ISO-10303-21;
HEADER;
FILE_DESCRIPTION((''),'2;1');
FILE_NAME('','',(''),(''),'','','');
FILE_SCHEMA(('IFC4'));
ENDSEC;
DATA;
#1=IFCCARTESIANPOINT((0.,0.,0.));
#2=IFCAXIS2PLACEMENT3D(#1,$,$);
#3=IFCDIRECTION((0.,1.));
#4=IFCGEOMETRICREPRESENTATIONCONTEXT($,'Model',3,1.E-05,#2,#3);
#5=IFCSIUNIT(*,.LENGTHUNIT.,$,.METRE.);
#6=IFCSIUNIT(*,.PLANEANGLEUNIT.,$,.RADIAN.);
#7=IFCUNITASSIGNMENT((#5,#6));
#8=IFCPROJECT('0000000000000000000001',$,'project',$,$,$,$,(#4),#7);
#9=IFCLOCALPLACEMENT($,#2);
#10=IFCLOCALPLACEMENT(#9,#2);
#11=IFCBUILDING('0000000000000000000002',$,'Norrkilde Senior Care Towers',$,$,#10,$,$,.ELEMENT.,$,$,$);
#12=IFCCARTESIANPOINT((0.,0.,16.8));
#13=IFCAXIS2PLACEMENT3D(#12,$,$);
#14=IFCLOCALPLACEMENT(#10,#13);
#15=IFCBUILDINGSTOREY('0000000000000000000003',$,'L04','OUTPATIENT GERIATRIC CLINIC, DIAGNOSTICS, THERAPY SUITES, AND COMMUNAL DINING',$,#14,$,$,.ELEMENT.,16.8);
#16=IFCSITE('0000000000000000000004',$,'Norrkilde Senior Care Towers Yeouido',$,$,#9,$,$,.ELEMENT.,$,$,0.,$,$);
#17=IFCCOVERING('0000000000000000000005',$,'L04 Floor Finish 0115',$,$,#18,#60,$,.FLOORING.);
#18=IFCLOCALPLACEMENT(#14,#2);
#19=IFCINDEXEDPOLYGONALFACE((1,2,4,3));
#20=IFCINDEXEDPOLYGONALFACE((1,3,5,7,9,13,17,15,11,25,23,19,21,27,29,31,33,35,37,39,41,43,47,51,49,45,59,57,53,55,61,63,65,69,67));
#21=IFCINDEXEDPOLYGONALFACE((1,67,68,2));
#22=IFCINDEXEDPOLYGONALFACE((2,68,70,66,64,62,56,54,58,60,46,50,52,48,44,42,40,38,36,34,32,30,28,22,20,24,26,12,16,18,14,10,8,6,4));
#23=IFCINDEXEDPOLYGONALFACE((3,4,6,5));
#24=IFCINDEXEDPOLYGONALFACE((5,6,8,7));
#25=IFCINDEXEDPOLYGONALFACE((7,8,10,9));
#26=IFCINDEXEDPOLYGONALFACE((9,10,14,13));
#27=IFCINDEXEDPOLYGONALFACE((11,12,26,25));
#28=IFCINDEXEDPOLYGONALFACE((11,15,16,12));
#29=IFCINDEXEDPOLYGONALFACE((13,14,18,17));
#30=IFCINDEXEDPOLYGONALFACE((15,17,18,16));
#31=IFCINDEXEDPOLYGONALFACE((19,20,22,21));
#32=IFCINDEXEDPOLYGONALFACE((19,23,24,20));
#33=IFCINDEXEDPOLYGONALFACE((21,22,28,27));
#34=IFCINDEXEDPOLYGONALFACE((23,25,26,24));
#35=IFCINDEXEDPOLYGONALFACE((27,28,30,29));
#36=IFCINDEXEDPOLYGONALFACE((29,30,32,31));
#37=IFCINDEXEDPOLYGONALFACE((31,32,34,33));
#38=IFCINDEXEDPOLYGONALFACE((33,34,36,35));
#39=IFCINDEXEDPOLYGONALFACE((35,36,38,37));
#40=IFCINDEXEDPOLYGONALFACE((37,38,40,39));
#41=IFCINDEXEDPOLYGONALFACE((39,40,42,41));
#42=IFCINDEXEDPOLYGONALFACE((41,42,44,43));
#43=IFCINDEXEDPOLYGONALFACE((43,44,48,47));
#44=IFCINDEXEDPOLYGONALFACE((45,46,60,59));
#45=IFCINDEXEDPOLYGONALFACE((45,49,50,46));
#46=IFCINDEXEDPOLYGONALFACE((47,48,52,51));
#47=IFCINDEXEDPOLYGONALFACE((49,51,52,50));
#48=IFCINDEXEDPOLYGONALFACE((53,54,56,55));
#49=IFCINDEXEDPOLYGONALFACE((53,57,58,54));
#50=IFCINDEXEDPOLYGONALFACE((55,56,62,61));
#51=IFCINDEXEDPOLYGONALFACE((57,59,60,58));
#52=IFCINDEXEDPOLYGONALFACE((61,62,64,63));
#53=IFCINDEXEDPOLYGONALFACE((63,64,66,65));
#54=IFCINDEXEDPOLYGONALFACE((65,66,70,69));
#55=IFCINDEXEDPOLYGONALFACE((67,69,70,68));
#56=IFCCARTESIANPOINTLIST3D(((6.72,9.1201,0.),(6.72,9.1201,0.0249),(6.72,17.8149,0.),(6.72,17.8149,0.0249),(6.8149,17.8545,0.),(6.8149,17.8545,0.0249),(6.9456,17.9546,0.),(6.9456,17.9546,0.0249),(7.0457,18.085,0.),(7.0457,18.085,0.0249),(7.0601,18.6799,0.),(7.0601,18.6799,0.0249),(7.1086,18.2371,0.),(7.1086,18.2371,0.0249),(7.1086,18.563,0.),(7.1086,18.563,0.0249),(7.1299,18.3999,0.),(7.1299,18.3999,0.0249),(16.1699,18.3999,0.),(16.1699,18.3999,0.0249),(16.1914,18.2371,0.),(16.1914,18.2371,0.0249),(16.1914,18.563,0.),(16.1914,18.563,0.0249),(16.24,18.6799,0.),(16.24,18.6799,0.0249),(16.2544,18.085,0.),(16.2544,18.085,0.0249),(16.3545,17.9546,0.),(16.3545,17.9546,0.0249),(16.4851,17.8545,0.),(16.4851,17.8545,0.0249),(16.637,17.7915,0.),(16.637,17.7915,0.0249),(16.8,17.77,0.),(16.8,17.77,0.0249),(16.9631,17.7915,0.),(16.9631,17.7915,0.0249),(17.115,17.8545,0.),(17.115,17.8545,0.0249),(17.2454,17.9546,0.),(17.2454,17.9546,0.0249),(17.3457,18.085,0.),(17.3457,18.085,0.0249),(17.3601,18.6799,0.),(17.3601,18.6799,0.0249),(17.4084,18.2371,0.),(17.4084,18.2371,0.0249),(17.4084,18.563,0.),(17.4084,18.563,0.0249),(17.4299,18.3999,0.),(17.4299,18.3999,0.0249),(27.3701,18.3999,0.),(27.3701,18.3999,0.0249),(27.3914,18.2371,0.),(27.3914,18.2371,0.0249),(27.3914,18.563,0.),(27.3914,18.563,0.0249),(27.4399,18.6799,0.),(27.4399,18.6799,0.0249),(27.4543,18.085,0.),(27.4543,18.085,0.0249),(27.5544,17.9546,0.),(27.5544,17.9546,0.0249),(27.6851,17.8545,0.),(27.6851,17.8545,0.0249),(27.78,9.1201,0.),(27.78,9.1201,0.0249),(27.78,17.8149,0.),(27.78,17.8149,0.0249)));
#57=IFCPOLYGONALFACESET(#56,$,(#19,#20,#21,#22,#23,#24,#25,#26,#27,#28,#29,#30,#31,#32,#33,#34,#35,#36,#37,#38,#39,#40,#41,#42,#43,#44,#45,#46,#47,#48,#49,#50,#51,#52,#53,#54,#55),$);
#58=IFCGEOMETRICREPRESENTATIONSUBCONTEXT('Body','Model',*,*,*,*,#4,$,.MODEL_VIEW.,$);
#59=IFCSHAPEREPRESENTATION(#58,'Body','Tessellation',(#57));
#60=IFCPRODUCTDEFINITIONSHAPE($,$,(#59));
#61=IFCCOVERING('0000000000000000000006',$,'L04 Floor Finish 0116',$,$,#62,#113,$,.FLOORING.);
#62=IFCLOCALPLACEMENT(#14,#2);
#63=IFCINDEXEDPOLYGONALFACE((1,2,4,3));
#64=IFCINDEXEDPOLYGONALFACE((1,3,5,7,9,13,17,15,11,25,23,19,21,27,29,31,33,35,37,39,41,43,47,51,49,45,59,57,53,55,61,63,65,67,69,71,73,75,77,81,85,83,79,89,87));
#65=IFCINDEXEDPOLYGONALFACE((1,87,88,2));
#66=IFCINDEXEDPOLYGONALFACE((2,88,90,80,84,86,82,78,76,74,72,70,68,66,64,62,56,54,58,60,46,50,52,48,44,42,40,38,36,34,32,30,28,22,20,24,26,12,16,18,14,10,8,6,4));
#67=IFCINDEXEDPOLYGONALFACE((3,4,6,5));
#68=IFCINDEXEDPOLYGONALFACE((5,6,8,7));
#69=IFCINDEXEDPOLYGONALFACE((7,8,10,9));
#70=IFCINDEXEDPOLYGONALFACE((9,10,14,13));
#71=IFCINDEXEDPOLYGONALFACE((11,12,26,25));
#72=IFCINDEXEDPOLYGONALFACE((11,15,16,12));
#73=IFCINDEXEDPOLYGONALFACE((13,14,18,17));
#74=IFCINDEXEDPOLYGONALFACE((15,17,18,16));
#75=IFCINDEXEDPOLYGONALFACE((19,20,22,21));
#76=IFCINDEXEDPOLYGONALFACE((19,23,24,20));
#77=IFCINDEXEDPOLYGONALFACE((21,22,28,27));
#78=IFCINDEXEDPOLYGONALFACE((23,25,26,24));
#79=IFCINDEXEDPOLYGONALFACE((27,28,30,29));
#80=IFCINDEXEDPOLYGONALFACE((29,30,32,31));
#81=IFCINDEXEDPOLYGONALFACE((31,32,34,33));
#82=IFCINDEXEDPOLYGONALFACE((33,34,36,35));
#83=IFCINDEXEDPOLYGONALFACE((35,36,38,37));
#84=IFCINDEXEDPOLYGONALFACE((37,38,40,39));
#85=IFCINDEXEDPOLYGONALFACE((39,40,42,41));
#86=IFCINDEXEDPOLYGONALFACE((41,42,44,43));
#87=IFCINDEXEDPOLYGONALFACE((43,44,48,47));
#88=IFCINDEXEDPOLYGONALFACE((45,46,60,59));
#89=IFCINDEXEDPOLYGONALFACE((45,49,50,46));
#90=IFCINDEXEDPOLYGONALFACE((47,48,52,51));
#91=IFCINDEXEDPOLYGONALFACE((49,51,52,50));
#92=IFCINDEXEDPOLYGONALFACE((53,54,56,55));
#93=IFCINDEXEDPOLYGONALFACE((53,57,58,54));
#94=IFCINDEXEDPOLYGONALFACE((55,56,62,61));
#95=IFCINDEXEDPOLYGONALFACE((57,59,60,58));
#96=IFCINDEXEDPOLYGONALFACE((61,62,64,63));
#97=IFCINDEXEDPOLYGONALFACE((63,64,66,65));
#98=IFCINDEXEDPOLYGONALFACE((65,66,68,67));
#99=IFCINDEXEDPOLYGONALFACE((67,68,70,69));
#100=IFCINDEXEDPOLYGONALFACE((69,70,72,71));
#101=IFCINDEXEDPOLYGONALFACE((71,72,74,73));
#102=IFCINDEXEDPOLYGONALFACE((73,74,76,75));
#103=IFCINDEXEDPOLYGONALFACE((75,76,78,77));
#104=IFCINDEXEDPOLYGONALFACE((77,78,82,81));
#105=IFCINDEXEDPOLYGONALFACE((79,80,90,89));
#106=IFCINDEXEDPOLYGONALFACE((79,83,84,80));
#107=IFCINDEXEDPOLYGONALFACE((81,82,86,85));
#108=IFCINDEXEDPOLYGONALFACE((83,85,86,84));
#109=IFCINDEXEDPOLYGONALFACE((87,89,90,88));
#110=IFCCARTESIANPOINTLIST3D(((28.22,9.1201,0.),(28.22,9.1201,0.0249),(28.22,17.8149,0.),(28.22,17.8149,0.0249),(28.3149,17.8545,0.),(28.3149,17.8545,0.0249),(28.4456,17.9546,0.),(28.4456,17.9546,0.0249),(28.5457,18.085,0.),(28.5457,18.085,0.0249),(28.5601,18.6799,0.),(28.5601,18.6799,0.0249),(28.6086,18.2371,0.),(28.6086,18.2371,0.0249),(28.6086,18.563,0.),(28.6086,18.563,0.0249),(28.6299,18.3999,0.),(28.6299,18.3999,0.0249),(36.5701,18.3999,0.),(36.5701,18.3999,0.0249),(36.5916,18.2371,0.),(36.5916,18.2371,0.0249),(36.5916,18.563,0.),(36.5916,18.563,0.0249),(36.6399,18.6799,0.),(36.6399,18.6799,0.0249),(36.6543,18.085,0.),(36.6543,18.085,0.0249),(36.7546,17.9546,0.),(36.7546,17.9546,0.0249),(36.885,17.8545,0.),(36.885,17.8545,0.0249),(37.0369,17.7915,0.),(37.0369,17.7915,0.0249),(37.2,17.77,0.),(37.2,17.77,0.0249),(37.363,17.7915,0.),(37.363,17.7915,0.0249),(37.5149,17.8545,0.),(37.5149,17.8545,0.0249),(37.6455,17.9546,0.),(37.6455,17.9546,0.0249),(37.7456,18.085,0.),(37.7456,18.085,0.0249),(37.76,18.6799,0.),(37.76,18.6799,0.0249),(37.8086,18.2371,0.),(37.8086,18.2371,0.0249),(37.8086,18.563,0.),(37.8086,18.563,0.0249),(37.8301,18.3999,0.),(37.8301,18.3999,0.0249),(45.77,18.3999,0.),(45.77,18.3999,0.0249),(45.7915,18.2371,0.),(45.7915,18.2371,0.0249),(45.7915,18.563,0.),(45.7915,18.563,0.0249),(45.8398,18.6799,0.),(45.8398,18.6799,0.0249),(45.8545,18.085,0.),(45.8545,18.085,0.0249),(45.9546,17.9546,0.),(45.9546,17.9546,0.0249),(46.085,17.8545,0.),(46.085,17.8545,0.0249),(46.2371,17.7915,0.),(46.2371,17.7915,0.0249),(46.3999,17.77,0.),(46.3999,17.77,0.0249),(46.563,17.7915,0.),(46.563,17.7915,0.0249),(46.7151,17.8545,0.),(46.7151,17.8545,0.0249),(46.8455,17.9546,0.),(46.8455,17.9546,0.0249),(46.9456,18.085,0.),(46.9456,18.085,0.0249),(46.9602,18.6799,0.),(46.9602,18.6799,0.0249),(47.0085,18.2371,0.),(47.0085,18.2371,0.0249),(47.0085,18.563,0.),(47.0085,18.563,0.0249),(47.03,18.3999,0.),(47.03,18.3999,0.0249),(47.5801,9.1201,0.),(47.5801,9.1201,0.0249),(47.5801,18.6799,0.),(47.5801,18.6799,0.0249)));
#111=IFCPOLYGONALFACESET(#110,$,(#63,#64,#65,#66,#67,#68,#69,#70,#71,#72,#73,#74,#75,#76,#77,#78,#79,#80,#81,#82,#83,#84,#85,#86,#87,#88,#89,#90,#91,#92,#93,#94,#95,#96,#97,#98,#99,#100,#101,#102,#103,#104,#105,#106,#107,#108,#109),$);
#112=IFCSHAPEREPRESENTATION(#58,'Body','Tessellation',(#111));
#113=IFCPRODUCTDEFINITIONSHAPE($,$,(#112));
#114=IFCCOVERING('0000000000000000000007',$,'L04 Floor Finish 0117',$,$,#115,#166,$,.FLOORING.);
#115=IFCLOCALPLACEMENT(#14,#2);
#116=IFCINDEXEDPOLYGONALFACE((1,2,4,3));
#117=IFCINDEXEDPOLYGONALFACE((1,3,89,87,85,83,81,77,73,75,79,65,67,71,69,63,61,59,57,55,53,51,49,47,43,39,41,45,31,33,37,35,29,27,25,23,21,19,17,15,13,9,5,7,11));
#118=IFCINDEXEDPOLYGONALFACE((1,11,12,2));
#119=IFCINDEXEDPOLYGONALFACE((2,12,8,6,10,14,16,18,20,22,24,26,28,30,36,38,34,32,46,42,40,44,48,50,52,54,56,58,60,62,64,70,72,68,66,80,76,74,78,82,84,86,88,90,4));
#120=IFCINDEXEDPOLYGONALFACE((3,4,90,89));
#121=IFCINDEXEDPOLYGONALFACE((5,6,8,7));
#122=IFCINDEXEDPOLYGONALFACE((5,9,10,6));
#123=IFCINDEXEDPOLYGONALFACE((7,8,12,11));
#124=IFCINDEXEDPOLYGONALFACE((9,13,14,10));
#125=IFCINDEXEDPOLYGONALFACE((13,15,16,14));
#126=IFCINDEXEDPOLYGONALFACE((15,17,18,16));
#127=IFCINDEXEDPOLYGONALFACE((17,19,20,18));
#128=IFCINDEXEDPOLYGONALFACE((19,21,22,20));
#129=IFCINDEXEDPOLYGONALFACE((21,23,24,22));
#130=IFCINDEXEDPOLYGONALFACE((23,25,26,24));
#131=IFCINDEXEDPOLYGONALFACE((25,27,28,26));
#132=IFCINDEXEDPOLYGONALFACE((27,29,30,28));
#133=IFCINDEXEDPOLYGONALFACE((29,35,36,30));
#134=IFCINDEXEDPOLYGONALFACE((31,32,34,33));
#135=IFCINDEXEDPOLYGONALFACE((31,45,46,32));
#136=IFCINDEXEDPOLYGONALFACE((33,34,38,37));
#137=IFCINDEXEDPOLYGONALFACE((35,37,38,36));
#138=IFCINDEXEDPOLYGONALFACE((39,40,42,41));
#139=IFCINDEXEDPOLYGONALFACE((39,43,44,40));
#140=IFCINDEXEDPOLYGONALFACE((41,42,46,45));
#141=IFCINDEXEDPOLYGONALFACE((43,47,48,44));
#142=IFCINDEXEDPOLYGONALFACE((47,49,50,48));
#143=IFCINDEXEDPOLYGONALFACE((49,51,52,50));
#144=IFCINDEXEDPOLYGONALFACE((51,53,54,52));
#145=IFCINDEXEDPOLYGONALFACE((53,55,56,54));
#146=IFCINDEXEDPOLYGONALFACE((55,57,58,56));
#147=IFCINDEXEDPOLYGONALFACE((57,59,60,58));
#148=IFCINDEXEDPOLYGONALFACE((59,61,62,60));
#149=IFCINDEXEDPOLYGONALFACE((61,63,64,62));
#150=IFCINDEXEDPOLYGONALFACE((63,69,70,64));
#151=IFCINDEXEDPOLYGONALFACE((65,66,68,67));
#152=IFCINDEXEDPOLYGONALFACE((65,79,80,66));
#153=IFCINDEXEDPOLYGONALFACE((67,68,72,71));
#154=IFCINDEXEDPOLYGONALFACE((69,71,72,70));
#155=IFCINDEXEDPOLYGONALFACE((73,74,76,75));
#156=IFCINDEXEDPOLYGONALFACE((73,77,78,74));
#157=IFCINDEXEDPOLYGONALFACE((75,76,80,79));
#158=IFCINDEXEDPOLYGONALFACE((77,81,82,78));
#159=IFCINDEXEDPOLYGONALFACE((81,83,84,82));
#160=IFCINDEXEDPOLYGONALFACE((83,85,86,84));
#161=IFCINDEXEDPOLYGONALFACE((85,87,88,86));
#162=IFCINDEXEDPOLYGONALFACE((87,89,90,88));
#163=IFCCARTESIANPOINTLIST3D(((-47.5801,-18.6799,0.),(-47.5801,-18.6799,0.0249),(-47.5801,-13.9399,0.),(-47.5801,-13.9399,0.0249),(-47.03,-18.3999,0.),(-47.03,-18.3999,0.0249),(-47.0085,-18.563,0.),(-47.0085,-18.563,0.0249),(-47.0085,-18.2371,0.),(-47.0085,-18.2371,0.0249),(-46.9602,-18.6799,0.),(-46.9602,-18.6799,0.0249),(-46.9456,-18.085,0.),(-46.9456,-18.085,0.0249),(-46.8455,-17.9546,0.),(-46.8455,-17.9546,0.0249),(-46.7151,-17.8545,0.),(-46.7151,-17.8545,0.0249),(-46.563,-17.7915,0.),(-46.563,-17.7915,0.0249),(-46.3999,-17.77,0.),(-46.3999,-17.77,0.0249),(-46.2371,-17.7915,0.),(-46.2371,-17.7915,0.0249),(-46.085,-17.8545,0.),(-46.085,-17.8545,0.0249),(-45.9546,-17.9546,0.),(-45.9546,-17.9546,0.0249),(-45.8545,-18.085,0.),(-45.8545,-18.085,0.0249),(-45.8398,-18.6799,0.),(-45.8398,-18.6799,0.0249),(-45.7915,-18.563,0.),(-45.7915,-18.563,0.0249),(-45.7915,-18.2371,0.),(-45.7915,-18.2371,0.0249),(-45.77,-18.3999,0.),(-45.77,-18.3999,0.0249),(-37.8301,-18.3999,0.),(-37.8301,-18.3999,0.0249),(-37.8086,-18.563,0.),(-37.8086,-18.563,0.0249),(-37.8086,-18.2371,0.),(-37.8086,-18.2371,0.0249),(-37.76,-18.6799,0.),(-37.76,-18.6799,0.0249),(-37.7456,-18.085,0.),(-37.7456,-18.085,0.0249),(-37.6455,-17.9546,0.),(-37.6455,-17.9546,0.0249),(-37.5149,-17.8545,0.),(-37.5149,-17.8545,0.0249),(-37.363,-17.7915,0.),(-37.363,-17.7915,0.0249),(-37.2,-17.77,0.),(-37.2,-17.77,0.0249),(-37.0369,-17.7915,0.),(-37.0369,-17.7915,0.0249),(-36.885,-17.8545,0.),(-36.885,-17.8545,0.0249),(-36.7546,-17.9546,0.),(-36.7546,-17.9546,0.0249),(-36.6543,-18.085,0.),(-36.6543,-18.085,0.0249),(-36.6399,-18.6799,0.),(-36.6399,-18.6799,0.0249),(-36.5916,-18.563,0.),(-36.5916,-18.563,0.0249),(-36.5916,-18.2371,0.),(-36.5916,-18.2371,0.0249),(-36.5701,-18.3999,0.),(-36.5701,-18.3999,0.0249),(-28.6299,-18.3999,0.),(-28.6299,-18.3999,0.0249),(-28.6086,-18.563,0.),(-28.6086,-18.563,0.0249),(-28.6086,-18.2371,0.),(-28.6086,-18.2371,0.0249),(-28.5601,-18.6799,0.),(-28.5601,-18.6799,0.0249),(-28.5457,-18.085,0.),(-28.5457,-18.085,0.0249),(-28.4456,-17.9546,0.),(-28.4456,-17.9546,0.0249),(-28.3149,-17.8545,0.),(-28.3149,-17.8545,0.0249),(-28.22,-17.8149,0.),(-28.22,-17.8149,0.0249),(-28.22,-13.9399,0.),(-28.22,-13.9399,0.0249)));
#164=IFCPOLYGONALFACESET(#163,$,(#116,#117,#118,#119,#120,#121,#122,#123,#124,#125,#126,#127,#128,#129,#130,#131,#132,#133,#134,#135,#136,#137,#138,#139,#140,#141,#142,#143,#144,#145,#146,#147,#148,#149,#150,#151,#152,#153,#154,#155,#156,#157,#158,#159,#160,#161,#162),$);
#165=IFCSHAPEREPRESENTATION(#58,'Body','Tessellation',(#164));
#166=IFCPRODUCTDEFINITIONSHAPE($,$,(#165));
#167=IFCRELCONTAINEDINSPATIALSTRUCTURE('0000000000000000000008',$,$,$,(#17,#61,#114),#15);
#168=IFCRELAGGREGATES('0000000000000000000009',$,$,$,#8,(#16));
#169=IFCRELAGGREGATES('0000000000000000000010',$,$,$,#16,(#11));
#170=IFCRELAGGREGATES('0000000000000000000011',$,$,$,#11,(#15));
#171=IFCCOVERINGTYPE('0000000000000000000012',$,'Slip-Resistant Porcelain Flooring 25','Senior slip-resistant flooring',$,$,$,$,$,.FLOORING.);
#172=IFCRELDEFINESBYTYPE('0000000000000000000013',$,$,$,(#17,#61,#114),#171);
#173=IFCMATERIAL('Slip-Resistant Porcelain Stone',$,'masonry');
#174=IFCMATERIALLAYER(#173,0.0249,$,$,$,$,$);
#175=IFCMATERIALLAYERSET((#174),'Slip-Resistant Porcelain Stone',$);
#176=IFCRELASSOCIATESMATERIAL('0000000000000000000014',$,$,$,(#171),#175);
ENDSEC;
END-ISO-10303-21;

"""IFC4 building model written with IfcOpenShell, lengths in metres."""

from ifc_helpers import new_model, si_unit, direction, frame, origin, place, context, subcontext, project, spatial, polyline, outline, extrude, material, layer, layer_set, type_object, element, save


model = new_model("IFC4")

# Units and contexts
model_context = context("Model", 3, precision=1e-05, world=origin(), true_north=direction((0.0, 1.0)))
body_context = subcontext(model_context, "Body", "Model", "MODEL_VIEW")
ifc_project = project(units=[si_unit("LENGTHUNIT", "METRE"), si_unit("PLANEANGLEUNIT", "RADIAN")], contexts=[model_context])

# Site, building, storey
site_placement = place(None, origin())
site = spatial("IfcSite", under=ifc_project, at=site_placement, Name="Norrkilde Senior Care Towers Yeouido", CompositionType="ELEMENT", RefElevation=0.0)
building_placement = place(site_placement, origin())
building = spatial("IfcBuilding", under=site, at=building_placement, Name="Norrkilde Senior Care Towers", CompositionType="ELEMENT")
storey_placement = place(building_placement, frame((0.0, 0.0, 16.8)))
storey = spatial("IfcBuildingStorey", under=building, at=storey_placement, Name="L04", Description="OUTPATIENT GERIATRIC CLINIC, DIAGNOSTICS, THERAPY SUITES, AND COMMUNAL DINING", CompositionType="ELEMENT", Elevation=16.8)

# Coverings
ifc_material_1 = material(Name="Slip-Resistant Porcelain Stone", Category="masonry")
ifc_layer_1 = layer(ifc_material_1, 0.0249)
ifc_layer_set_1 = layer_set([ifc_layer_1], Name="Slip-Resistant Porcelain Stone")
covering_type_1 = type_object("IfcCoveringType", Name="Slip-Resistant Porcelain Flooring 25", Description="Senior slip-resistant flooring", PredefinedType="FLOORING", material=ifc_layer_set_1)
covering_1_placement = place(storey_placement, origin())
element("IfcCovering", 1, at=covering_1_placement, inside=storey, type_object=covering_type_1, Name="L04 Floor Finish 0115", PredefinedType="FLOORING", context=body_context, shape_type="SweptSolid", body=[
    extrude(outline(polyline([(6.72, 17.8149), (6.8149, 17.8545), (6.9456, 17.9546), (7.0457, 18.085), (7.1086, 18.2371), (7.1299, 18.3999), (7.1086, 18.563), (7.0601, 18.6799), (16.24, 18.6799), (16.1914, 18.563), (16.1699, 18.3999), (16.1914, 18.2371), (16.2544, 18.085), (16.3545, 17.9546), (16.4851, 17.8545), (16.637, 17.7915), (16.8, 17.77), (16.9631, 17.7915), (17.115, 17.8545), (17.2454, 17.9546), (17.3457, 18.085), (17.4084, 18.2371), (17.4299, 18.3999), (17.4084, 18.563), (17.3601, 18.6799), (27.4399, 18.6799), (27.3914, 18.563), (27.3701, 18.3999), (27.3914, 18.2371), (27.4543, 18.085), (27.5544, 17.9546), (27.6851, 17.8545), (27.78, 17.8149), (27.78, 9.1201), (6.72, 9.1201), (6.72, 17.8149)])), origin(), (0.0, 0.0, 1.0), 0.0249),
])
covering_2_placement = place(storey_placement, origin())
element("IfcCovering", 2, at=covering_2_placement, inside=storey, type_object=covering_type_1, Name="L04 Floor Finish 0116", PredefinedType="FLOORING", context=body_context, shape_type="SweptSolid", body=[
    extrude(outline(polyline([(28.22, 17.8149), (28.3149, 17.8545), (28.4456, 17.9546), (28.5457, 18.085), (28.6086, 18.2371), (28.6299, 18.3999), (28.6086, 18.563), (28.5601, 18.6799), (36.6399, 18.6799), (36.5916, 18.563), (36.5701, 18.3999), (36.5916, 18.2371), (36.6543, 18.085), (36.7546, 17.9546), (36.885, 17.8545), (37.0369, 17.7915), (37.2, 17.77), (37.363, 17.7915), (37.5149, 17.8545), (37.6455, 17.9546), (37.7456, 18.085), (37.8086, 18.2371), (37.8301, 18.3999), (37.8086, 18.563), (37.76, 18.6799), (45.8398, 18.6799), (45.7915, 18.563), (45.77, 18.3999), (45.7915, 18.2371), (45.8545, 18.085), (45.9546, 17.9546), (46.085, 17.8545), (46.2371, 17.7915), (46.3999, 17.77), (46.563, 17.7915), (46.7151, 17.8545), (46.8455, 17.9546), (46.9456, 18.085), (47.0085, 18.2371), (47.03, 18.3999), (47.0085, 18.563), (46.9602, 18.6799), (47.5801, 18.6799), (47.5801, 9.1201), (28.22, 9.1201), (28.22, 17.8149)])), origin(), (0.0, 0.0, 1.0), 0.0249),
])
covering_3_placement = place(storey_placement, origin())
element("IfcCovering", 3, at=covering_3_placement, inside=storey, type_object=covering_type_1, Name="L04 Floor Finish 0117", PredefinedType="FLOORING", context=body_context, shape_type="SweptSolid", body=[
    extrude(outline(polyline([(-36.5916, -18.563), (-36.5701, -18.3999), (-36.5916, -18.2371), (-36.6543, -18.085), (-36.7546, -17.9546), (-36.885, -17.8545), (-37.0369, -17.7915), (-37.2, -17.77), (-37.363, -17.7915), (-37.5149, -17.8545), (-37.6455, -17.9546), (-37.7456, -18.085), (-37.8086, -18.2371), (-37.8301, -18.3999), (-37.8086, -18.563), (-37.76, -18.6799), (-45.8398, -18.6799), (-45.7915, -18.563), (-45.77, -18.3999), (-45.7915, -18.2371), (-45.8545, -18.085), (-45.9546, -17.9546), (-46.085, -17.8545), (-46.2371, -17.7915), (-46.3999, -17.77), (-46.563, -17.7915), (-46.7151, -17.8545), (-46.8455, -17.9546), (-46.9456, -18.085), (-47.0085, -18.2371), (-47.03, -18.3999), (-47.0085, -18.563), (-46.9602, -18.6799), (-47.5801, -18.6799), (-47.5801, -13.9399), (-28.22, -13.9399), (-28.22, -17.8149), (-28.3149, -17.8545), (-28.4456, -17.9546), (-28.5457, -18.085), (-28.6086, -18.2371), (-28.6299, -18.3999), (-28.6086, -18.563), (-28.5601, -18.6799), (-36.6399, -18.6799), (-36.5916, -18.563)])), origin(), (0.0, 0.0, 1.0), 0.0249),
])

save(model, "model.ifc")
